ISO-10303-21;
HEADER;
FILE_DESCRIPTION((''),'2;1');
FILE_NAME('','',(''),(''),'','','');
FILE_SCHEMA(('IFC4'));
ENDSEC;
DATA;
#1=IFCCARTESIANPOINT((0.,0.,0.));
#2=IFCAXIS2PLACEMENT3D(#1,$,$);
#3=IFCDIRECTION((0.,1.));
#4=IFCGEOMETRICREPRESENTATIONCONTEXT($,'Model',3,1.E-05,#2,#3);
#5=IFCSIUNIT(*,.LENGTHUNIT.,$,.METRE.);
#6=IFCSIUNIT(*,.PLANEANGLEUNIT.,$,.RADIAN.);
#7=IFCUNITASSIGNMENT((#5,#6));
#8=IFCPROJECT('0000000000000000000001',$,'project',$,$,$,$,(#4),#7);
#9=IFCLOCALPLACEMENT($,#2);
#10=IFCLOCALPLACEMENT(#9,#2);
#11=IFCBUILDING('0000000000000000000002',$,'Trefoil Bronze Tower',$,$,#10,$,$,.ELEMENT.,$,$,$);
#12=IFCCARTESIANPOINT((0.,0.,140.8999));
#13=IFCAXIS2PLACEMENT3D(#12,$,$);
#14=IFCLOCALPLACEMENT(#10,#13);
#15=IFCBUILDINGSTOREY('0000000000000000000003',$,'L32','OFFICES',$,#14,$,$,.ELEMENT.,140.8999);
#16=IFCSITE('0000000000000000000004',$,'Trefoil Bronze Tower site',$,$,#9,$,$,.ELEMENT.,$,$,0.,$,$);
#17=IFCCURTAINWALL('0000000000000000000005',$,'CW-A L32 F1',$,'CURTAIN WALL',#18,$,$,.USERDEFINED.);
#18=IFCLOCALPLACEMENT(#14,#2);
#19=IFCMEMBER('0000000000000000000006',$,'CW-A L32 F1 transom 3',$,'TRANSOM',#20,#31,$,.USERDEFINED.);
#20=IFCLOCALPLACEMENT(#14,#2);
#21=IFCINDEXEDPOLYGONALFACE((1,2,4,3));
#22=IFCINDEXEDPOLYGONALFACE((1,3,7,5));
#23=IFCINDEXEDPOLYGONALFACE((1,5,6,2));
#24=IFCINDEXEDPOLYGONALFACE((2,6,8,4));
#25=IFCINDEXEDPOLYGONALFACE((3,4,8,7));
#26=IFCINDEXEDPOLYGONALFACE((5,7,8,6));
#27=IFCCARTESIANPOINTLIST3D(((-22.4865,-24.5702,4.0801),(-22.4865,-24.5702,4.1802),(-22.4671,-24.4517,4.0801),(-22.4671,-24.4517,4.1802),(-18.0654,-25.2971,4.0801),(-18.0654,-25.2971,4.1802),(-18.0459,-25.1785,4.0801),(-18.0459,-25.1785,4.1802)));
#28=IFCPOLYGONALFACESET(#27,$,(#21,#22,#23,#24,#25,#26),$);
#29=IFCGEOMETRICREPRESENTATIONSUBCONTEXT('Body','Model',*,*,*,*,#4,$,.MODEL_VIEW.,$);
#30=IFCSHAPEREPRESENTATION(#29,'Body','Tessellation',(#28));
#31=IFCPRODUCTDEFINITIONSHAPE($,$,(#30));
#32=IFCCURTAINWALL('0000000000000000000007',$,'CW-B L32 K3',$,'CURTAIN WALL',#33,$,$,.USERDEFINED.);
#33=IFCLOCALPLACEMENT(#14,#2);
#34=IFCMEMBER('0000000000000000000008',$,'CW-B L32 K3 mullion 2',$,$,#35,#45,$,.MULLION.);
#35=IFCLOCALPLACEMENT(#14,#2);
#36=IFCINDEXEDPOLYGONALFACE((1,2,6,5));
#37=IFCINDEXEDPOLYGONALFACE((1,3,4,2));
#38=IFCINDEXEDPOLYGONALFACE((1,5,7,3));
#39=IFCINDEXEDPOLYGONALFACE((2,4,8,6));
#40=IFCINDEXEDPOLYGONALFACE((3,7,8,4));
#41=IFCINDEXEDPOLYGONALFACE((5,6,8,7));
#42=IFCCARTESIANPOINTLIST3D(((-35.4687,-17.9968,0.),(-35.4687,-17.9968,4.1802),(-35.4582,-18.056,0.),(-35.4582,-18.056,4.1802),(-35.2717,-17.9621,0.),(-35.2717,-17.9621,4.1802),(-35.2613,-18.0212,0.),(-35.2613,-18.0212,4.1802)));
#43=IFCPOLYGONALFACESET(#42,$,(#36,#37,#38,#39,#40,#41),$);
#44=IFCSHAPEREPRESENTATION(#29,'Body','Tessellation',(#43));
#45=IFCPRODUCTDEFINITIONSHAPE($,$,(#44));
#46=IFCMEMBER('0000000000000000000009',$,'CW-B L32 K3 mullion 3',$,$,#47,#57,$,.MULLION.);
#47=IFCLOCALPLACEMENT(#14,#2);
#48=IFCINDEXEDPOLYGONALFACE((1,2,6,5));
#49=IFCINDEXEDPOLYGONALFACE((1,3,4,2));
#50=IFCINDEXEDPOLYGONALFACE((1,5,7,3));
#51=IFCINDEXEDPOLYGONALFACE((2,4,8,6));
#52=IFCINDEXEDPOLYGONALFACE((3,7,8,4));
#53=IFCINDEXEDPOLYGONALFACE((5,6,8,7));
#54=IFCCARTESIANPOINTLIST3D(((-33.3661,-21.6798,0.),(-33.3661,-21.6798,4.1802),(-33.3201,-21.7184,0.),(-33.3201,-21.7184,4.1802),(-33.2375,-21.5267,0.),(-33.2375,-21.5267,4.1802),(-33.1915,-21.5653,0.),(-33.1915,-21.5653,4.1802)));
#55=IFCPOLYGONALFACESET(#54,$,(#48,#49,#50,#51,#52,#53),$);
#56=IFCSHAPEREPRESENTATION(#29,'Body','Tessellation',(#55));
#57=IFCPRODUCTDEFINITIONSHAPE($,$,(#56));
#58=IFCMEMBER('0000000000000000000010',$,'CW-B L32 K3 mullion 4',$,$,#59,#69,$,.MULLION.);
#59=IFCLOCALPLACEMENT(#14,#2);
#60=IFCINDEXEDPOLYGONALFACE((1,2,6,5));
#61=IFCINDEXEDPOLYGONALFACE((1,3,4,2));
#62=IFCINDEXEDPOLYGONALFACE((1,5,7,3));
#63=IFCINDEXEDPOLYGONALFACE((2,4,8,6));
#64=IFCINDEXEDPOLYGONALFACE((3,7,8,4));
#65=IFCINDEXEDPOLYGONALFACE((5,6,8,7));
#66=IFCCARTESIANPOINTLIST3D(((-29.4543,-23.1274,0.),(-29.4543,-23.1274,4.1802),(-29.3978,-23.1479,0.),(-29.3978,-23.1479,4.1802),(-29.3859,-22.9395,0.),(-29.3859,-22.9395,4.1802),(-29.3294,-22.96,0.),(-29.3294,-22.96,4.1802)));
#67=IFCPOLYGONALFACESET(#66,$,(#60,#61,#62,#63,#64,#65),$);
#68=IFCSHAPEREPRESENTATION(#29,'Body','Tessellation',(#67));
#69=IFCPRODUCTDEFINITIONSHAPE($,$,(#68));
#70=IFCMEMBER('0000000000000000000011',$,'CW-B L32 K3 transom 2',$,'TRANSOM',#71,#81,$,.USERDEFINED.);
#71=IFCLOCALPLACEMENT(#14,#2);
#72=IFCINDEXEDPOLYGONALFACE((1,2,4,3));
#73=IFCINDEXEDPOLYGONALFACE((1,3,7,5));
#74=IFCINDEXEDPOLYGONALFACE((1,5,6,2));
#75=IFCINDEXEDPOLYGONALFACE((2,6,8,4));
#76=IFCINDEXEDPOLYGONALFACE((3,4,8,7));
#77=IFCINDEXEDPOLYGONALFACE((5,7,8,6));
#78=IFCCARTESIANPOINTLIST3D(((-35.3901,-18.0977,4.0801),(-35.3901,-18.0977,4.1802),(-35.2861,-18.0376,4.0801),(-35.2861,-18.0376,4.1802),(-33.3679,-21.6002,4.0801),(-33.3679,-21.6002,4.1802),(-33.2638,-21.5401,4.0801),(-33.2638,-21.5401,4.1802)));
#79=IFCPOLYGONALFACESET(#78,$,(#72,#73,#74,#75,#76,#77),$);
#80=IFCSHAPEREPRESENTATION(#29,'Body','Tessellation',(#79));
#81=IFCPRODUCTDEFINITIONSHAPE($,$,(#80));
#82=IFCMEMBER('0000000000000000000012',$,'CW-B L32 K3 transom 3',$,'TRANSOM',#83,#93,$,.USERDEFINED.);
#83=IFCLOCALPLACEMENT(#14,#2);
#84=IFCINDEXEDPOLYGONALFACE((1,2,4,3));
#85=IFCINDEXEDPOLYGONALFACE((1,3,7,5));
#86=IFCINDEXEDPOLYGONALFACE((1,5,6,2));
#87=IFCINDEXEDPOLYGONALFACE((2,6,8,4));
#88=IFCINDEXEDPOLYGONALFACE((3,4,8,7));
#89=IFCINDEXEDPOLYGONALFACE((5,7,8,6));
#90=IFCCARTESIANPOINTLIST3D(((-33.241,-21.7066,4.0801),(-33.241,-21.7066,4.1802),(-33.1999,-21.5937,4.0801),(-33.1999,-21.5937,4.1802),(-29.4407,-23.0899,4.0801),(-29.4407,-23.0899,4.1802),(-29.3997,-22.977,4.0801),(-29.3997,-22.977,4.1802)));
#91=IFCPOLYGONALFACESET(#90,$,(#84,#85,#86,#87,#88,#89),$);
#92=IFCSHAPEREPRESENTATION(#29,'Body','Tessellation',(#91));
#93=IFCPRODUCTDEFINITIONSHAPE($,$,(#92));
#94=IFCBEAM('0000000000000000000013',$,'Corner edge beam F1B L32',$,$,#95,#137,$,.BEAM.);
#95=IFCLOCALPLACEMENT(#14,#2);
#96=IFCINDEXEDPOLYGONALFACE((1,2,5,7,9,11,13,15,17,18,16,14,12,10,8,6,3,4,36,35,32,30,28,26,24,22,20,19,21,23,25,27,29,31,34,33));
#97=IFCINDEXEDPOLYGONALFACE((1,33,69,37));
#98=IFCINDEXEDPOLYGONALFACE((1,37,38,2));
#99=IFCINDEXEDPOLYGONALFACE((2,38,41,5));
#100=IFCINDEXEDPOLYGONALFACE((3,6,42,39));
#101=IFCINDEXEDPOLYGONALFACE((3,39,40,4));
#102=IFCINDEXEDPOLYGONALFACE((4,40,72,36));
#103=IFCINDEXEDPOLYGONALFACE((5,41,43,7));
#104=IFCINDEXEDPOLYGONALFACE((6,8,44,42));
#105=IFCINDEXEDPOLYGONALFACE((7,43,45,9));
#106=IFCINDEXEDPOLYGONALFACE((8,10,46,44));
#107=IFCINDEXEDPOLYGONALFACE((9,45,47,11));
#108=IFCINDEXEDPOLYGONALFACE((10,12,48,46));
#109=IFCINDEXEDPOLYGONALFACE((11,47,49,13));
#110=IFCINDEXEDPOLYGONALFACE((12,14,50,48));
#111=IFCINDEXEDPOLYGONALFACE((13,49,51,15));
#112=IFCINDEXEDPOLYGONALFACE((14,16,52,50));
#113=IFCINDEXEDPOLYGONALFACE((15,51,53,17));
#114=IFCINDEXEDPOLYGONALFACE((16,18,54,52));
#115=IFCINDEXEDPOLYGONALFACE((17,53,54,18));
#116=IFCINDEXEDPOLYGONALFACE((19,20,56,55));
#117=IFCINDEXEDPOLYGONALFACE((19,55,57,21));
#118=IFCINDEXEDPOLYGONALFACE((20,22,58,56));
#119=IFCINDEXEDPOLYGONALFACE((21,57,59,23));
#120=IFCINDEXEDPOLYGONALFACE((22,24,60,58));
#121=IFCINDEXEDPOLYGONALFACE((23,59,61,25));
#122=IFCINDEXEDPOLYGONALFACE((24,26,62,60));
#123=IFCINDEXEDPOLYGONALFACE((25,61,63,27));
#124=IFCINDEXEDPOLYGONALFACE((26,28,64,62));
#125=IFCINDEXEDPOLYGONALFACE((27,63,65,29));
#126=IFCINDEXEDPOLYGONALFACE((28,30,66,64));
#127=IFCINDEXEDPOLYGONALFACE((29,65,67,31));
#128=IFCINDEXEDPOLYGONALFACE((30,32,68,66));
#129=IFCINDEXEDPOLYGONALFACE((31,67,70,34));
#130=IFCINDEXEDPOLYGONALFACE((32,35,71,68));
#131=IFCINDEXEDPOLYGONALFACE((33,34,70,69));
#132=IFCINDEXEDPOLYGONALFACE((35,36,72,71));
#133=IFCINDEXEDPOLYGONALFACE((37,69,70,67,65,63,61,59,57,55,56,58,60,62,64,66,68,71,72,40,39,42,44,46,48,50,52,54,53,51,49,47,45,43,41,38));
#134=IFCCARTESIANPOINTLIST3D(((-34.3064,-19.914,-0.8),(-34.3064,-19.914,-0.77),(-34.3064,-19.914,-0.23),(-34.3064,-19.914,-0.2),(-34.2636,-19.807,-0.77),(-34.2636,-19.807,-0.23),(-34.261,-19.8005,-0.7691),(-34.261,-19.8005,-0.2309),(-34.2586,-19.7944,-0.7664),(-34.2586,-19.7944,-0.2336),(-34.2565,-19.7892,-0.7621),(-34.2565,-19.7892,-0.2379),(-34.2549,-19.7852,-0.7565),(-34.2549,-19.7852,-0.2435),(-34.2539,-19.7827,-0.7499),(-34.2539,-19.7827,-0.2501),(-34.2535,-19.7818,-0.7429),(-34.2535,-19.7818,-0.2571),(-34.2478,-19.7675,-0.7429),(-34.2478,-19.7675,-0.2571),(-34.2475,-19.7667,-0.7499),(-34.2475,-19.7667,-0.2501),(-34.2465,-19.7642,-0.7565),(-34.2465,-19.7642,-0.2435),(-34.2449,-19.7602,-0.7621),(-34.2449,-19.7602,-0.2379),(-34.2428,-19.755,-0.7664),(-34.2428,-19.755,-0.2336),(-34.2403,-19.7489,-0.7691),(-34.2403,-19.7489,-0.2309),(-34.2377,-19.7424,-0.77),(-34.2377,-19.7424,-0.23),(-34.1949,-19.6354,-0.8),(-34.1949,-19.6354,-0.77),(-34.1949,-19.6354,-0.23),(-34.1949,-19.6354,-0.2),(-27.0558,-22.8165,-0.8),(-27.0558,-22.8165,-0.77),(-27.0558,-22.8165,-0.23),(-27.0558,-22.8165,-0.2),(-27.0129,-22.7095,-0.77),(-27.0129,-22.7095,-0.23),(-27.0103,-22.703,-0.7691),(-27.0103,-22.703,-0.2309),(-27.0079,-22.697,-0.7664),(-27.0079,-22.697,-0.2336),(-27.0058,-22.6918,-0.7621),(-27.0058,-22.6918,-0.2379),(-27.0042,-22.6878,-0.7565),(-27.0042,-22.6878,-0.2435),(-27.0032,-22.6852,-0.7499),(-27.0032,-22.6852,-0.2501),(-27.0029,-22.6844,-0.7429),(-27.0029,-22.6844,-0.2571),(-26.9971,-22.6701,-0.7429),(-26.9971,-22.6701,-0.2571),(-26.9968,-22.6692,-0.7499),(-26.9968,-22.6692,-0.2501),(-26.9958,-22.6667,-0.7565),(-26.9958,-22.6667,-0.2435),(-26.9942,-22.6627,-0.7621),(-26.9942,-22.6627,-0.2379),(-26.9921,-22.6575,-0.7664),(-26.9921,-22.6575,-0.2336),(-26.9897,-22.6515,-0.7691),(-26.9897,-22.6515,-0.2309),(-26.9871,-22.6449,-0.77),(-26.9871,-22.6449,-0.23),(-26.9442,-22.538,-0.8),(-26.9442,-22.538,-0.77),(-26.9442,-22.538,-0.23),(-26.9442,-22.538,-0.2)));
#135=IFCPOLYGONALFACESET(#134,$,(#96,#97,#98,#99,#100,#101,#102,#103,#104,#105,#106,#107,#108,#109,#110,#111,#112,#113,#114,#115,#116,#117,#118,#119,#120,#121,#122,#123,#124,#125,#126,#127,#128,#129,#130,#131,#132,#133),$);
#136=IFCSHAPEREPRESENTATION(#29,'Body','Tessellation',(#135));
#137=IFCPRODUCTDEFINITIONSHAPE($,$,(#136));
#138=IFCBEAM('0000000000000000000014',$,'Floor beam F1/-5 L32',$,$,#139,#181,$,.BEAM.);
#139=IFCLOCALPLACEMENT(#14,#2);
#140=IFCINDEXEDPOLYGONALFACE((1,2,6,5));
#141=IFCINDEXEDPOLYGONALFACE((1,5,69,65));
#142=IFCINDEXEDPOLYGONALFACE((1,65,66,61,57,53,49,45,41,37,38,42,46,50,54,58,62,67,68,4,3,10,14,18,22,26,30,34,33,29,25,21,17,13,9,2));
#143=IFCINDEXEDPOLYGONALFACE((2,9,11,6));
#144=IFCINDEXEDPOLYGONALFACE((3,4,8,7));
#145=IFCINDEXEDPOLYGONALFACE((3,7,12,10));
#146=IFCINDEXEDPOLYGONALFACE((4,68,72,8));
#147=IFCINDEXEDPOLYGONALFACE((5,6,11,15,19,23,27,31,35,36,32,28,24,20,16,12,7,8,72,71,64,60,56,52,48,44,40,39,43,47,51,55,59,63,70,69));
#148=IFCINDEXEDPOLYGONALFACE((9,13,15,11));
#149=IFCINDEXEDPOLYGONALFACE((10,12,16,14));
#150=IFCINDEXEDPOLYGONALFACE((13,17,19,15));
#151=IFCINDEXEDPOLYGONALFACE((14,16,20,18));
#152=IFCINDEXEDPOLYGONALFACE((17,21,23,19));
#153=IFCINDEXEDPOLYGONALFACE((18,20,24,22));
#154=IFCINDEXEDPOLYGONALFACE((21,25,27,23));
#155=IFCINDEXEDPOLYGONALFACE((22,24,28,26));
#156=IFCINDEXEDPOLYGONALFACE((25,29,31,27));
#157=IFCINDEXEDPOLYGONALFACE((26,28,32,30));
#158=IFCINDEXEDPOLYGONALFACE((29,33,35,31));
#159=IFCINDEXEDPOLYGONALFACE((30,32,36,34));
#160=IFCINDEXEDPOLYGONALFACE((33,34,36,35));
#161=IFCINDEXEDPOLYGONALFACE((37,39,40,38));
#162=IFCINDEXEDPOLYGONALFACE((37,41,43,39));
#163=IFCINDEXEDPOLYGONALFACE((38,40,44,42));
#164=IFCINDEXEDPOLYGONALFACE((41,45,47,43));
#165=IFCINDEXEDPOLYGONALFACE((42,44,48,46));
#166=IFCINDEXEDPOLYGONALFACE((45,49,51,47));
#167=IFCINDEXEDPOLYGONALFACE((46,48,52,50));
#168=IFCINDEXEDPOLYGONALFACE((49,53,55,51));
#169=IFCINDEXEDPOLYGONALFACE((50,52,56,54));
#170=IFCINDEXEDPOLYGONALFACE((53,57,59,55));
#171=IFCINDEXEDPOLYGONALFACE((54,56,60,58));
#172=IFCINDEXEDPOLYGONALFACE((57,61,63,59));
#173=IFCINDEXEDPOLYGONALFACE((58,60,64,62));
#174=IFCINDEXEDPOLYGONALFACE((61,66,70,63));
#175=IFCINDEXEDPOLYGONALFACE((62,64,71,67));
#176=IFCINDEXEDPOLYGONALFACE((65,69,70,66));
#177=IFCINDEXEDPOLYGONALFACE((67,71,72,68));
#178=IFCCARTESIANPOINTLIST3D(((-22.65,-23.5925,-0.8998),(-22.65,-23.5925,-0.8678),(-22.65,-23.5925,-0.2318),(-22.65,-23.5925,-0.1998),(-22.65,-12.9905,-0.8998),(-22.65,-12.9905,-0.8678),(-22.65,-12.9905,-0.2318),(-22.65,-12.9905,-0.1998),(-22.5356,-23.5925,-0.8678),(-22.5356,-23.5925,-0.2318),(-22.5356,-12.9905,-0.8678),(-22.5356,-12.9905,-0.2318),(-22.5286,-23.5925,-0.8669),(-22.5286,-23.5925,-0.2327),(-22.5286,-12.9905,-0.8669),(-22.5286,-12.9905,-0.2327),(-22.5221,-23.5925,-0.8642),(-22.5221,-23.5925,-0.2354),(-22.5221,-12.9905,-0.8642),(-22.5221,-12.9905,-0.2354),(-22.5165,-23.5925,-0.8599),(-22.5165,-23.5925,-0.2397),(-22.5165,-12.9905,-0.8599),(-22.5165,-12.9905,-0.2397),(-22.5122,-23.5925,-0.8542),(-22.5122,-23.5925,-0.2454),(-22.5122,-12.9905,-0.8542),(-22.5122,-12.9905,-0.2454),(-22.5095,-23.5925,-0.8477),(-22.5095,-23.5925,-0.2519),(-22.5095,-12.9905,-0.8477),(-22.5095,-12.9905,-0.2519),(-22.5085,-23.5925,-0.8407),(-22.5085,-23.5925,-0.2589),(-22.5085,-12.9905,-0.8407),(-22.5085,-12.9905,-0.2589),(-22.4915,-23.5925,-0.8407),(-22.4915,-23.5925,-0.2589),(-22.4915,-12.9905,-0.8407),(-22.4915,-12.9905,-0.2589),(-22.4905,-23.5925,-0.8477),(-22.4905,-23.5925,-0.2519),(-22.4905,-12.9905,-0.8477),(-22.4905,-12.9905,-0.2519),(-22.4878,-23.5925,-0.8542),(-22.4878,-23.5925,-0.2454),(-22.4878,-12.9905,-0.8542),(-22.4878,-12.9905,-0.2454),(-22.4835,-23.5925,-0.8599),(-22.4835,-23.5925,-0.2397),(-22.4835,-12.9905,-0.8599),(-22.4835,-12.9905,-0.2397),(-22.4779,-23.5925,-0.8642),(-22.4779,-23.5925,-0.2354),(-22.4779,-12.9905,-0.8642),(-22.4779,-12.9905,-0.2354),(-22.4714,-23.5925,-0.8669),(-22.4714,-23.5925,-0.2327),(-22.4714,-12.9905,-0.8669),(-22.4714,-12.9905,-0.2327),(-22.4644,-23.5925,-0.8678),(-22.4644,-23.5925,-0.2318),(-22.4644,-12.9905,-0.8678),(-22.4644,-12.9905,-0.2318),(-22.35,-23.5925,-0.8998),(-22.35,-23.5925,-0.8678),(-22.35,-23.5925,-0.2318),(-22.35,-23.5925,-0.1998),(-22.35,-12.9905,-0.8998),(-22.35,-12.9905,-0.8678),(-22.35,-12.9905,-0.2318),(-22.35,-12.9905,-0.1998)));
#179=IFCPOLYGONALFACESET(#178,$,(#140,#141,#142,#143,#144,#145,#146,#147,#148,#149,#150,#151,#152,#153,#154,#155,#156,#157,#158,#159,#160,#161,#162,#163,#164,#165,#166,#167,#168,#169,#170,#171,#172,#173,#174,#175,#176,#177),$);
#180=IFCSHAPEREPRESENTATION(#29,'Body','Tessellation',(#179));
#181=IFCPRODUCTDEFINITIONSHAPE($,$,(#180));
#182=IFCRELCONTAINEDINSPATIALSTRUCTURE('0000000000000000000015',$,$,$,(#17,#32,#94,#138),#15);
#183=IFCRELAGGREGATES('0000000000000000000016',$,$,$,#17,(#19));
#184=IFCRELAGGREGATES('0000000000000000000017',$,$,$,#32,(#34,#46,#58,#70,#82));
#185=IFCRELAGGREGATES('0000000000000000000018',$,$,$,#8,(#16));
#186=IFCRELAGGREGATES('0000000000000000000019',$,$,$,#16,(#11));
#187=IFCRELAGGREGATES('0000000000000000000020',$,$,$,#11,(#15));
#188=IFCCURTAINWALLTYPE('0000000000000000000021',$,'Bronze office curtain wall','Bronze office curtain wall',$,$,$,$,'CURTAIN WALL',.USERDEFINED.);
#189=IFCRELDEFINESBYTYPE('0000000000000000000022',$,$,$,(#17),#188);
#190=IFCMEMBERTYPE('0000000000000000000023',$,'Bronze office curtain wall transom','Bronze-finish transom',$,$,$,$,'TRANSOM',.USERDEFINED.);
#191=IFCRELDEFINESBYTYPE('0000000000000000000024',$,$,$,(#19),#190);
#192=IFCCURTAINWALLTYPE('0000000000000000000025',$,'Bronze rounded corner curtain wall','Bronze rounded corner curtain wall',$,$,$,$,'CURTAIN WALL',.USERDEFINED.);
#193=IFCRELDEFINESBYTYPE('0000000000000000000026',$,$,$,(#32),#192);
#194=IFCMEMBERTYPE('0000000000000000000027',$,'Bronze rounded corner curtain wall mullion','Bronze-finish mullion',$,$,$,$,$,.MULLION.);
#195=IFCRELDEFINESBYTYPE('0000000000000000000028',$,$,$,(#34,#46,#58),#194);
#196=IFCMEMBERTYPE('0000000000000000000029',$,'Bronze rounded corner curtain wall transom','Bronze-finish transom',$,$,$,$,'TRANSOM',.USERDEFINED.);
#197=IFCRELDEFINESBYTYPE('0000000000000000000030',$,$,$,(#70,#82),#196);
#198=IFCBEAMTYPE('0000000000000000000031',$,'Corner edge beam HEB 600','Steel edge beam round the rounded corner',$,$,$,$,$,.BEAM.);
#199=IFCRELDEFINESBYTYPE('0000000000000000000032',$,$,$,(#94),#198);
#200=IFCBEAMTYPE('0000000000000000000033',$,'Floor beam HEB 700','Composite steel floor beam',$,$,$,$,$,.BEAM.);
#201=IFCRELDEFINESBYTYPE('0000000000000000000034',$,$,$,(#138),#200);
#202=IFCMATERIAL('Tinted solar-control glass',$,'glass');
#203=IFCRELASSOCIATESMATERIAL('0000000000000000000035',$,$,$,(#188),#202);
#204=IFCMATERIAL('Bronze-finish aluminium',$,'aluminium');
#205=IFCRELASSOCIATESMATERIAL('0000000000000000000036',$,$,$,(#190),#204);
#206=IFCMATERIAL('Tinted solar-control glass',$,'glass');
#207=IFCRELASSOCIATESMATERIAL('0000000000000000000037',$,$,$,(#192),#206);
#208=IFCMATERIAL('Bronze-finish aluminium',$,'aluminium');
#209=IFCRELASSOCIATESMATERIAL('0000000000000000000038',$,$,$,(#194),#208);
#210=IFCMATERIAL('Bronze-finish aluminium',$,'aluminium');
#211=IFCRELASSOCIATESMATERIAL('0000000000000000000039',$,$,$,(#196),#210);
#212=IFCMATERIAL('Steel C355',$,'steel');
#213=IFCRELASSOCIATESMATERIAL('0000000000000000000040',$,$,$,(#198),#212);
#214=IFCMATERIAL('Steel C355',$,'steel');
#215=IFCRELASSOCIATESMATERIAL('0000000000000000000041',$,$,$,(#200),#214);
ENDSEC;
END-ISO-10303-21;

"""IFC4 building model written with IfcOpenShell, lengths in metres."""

from ifc_helpers import new_model, si_unit, direction, frame, origin, origin_2d, place, context, subcontext, project, spatial, rectangle, i_section, extrude, material, material_profile, profile_set, type_object, element, aggregate, save


model = new_model("IFC4")

# Units and contexts
model_context = context("Model", 3, precision=1e-05, world=origin(), true_north=direction((0.0, 1.0)))
body_context = subcontext(model_context, "Body", "Model", "MODEL_VIEW")
ifc_project = project(units=[si_unit("LENGTHUNIT", "METRE"), si_unit("PLANEANGLEUNIT", "RADIAN")], contexts=[model_context])

# Site, building, storey
site_placement = place(None, origin())
site = spatial("IfcSite", under=ifc_project, at=site_placement, Name="Trefoil Bronze Tower site", CompositionType="ELEMENT", RefElevation=0.0)
building_placement = place(site_placement, origin())
building = spatial("IfcBuilding", under=site, at=building_placement, Name="Trefoil Bronze Tower", CompositionType="ELEMENT")
storey_placement = place(building_placement, frame((0.0, 0.0, 140.8999)))
storey = spatial("IfcBuildingStorey", under=building, at=storey_placement, Name="L32", Description="OFFICES", CompositionType="ELEMENT", Elevation=140.8999)

# Curtain walls, members
ifc_material_1 = material(Name="Tinted solar-control glass", Category="glass")
curtain_wall_type_1 = type_object("IfcCurtainWallType", Name="Bronze office curtain wall", Description="Bronze office curtain wall", ElementType="CURTAIN WALL", PredefinedType="USERDEFINED", material=ifc_material_1)
curtain_wall_1_placement = place(storey_placement, origin())
curtain_wall_1 = element("IfcCurtainWall", 1, at=curtain_wall_1_placement, inside=storey, type_object=curtain_wall_type_1, Name="CW-A L32 F1", ObjectType="CURTAIN WALL", PredefinedType="USERDEFINED")
ifc_material_2 = material(Name="Bronze-finish aluminium", Category="aluminium")
ifc_material_profile_1 = material_profile(ifc_material_2, rectangle(XDim=0.1201, YDim=0.1001, at=origin_2d()), Name="CW-A transom")
ifc_profile_set_1 = profile_set([ifc_material_profile_1], Name="Bronze-finish aluminium")
member_type_1 = type_object("IfcMemberType", Name="Bronze office curtain wall transom", Description="Bronze-finish transom", ElementType="TRANSOM", PredefinedType="USERDEFINED", material=ifc_profile_set_1)
member_1_placement = place(storey_placement, frame((-22.4768, -24.511, 4.1301), z_axis=(0.986755, -0.162216, 0.0), x_axis=(0.162216, 0.986755, 0.0)))
member_1 = element("IfcMember", 2, at=member_1_placement, type_object=member_type_1, Name="CW-A L32 F1 transom 3", ObjectType="TRANSOM", PredefinedType="USERDEFINED", context=body_context, shape_type="SweptSolid", body=[
    extrude(rectangle(XDim=0.1201, YDim=0.1001, at=origin_2d()), origin(), (0.0, 0.0, 1.0), 4.4805),
])
ifc_material_3 = material(Name="Tinted solar-control glass", Category="glass")
curtain_wall_type_2 = type_object("IfcCurtainWallType", Name="Bronze rounded corner curtain wall", Description="Bronze rounded corner curtain wall", ElementType="CURTAIN WALL", PredefinedType="USERDEFINED", material=ifc_material_3)
curtain_wall_2_placement = place(storey_placement, origin())
curtain_wall_2 = element("IfcCurtainWall", 3, at=curtain_wall_2_placement, inside=storey, type_object=curtain_wall_type_2, Name="CW-B L32 K3", ObjectType="CURTAIN WALL", PredefinedType="USERDEFINED")
ifc_material_4 = material(Name="Bronze-finish aluminium", Category="aluminium")
ifc_material_profile_2 = material_profile(ifc_material_4, rectangle(XDim=0.2, YDim=0.0601, at=origin_2d()), Name="CW-B mullion")
ifc_profile_set_2 = profile_set([ifc_material_profile_2], Name="Bronze-finish aluminium")
member_type_2 = type_object("IfcMemberType", Name="Bronze rounded corner curtain wall mullion", Description="Bronze-finish mullion", PredefinedType="MULLION", material=ifc_profile_set_2)
member_2_placement = place(storey_placement, frame((-35.365, -18.009, 0.0), z_axis=(0.0, 0.0, 1.0), x_axis=(0.984808, 0.173648, 0.0)))
member_2 = element("IfcMember", 4, at=member_2_placement, type_object=member_type_2, Name="CW-B L32 K3 mullion 2", PredefinedType="MULLION", context=body_context, shape_type="SweptSolid", body=[
    extrude(rectangle(XDim=0.2, YDim=0.0601, at=origin_2d()), origin(), (0.0, 0.0, 1.0), 4.1802),
])
member_3_placement = place(storey_placement, frame((-33.2788, -21.6226, 0.0), z_axis=(0.0, 0.0, 1.0), x_axis=(0.642788, 0.766044, 0.0)))
member_3 = element("IfcMember", 5, at=member_3_placement, type_object=member_type_2, Name="CW-B L32 K3 mullion 3", PredefinedType="MULLION", context=body_context, shape_type="SweptSolid", body=[
    extrude(rectangle(XDim=0.2, YDim=0.0601, at=origin_2d()), origin(), (0.0, 0.0, 1.0), 4.1802),
])
member_4_placement = place(storey_placement, frame((-29.3918, -23.0437, 0.0), z_axis=(0.0, 0.0, 1.0), x_axis=(0.34202, 0.939693, 0.0)))
member_4 = element("IfcMember", 6, at=member_4_placement, type_object=member_type_2, Name="CW-B L32 K3 mullion 4", PredefinedType="MULLION", context=body_context, shape_type="SweptSolid", body=[
    extrude(rectangle(XDim=0.2, YDim=0.0601, at=origin_2d()), origin(), (0.0, 0.0, 1.0), 4.1802),
])
ifc_material_5 = material(Name="Bronze-finish aluminium", Category="aluminium")
ifc_material_profile_3 = material_profile(ifc_material_5, rectangle(XDim=0.1201, YDim=0.1001, at=origin_2d()), Name="CW-B transom")
ifc_profile_set_3 = profile_set([ifc_material_profile_3], Name="Bronze-finish aluminium")
member_type_3 = type_object("IfcMemberType", Name="Bronze rounded corner curtain wall transom", Description="Bronze-finish transom", ElementType="TRANSOM", PredefinedType="USERDEFINED", material=ifc_profile_set_3)
member_5_placement = place(storey_placement, frame((-35.3381, -18.0676, 4.1301), z_axis=(0.500015, -0.866017, 0.0), x_axis=(0.866017, 0.500015, 0.0)))
member_5 = element("IfcMember", 7, at=member_5_placement, type_object=member_type_3, Name="CW-B L32 K3 transom 2", ObjectType="TRANSOM", PredefinedType="USERDEFINED", context=body_context, shape_type="SweptSolid", body=[
    extrude(rectangle(XDim=0.1201, YDim=0.1001, at=origin_2d()), origin(), (0.0, 0.0, 1.0), 4.0444),
])
member_6_placement = place(storey_placement, frame((-33.2205, -21.6501, 4.1301), z_axis=(0.939684, -0.342044, 0.0), x_axis=(0.342044, 0.939684, 0.0)))
member_6 = element("IfcMember", 8, at=member_6_placement, type_object=member_type_3, Name="CW-B L32 K3 transom 3", ObjectType="TRANSOM", PredefinedType="USERDEFINED", context=body_context, shape_type="SweptSolid", body=[
    extrude(rectangle(XDim=0.1201, YDim=0.1001, at=origin_2d()), origin(), (0.0, 0.0, 1.0), 4.0442),
])

# Beams
ifc_material_6 = material(Name="Steel C355", Category="steel")
ifc_material_profile_4 = material_profile(ifc_material_6, i_section(OverallWidth=0.3, OverallDepth=0.6001, WebThickness=0.0154, FlangeThickness=0.03, FilletRadius=0.0271, at=origin_2d()), Name="HEB 600")
ifc_profile_set_4 = profile_set([ifc_material_profile_4], Name="Steel C355")
beam_type_1 = type_object("IfcBeamType", Name="Corner edge beam HEB 600", Description="Steel edge beam round the rounded corner", PredefinedType="BEAM", material=ifc_profile_set_4)
beam_1_placement = place(storey_placement, frame((-27.0, -22.6772, -0.5), z_axis=(-0.928375, 0.371644, 0.0), x_axis=(-0.371644, -0.928375, 0.0)))
element("IfcBeam", 9, at=beam_1_placement, inside=storey, type_object=beam_type_1, Name="Corner edge beam F1B L32", PredefinedType="BEAM", context=body_context, shape_type="SweptSolid", body=[
    extrude(i_section(OverallWidth=0.3, OverallDepth=0.6001, WebThickness=0.0154, FlangeThickness=0.03, FilletRadius=0.0271, at=origin_2d()), origin(), (0.0, 0.0, 1.0), 7.8101),
])
ifc_material_7 = material(Name="Steel C355", Category="steel")
ifc_material_profile_5 = material_profile(ifc_material_7, i_section(OverallWidth=0.3, OverallDepth=0.7, WebThickness=0.0171, FlangeThickness=0.032, FilletRadius=0.0271, at=origin_2d()), Name="HEB 700")
ifc_profile_set_5 = profile_set([ifc_material_profile_5], Name="Steel C355")
beam_type_2 = type_object("IfcBeamType", Name="Floor beam HEB 700", Description="Composite steel floor beam", PredefinedType="BEAM", material=ifc_profile_set_5)
beam_2_placement = place(storey_placement, frame((-22.5, -23.5925, -0.5498), z_axis=(0.0, 1.0, 0.0), x_axis=(-1.0, 0.0, 0.0)))
element("IfcBeam", 10, at=beam_2_placement, inside=storey, type_object=beam_type_2, Name="Floor beam F1/-5 L32", PredefinedType="BEAM", context=body_context, shape_type="SweptSolid", body=[
    extrude(i_section(OverallWidth=0.3, OverallDepth=0.7, WebThickness=0.0171, FlangeThickness=0.032, FilletRadius=0.0271, at=origin_2d()), origin(), (0.0, 0.0, 1.0), 10.6021),
])

aggregate(curtain_wall_1, [member_1])
aggregate(curtain_wall_2, [member_2, member_3, member_4, member_5, member_6])

save(model, "model.ifc")
